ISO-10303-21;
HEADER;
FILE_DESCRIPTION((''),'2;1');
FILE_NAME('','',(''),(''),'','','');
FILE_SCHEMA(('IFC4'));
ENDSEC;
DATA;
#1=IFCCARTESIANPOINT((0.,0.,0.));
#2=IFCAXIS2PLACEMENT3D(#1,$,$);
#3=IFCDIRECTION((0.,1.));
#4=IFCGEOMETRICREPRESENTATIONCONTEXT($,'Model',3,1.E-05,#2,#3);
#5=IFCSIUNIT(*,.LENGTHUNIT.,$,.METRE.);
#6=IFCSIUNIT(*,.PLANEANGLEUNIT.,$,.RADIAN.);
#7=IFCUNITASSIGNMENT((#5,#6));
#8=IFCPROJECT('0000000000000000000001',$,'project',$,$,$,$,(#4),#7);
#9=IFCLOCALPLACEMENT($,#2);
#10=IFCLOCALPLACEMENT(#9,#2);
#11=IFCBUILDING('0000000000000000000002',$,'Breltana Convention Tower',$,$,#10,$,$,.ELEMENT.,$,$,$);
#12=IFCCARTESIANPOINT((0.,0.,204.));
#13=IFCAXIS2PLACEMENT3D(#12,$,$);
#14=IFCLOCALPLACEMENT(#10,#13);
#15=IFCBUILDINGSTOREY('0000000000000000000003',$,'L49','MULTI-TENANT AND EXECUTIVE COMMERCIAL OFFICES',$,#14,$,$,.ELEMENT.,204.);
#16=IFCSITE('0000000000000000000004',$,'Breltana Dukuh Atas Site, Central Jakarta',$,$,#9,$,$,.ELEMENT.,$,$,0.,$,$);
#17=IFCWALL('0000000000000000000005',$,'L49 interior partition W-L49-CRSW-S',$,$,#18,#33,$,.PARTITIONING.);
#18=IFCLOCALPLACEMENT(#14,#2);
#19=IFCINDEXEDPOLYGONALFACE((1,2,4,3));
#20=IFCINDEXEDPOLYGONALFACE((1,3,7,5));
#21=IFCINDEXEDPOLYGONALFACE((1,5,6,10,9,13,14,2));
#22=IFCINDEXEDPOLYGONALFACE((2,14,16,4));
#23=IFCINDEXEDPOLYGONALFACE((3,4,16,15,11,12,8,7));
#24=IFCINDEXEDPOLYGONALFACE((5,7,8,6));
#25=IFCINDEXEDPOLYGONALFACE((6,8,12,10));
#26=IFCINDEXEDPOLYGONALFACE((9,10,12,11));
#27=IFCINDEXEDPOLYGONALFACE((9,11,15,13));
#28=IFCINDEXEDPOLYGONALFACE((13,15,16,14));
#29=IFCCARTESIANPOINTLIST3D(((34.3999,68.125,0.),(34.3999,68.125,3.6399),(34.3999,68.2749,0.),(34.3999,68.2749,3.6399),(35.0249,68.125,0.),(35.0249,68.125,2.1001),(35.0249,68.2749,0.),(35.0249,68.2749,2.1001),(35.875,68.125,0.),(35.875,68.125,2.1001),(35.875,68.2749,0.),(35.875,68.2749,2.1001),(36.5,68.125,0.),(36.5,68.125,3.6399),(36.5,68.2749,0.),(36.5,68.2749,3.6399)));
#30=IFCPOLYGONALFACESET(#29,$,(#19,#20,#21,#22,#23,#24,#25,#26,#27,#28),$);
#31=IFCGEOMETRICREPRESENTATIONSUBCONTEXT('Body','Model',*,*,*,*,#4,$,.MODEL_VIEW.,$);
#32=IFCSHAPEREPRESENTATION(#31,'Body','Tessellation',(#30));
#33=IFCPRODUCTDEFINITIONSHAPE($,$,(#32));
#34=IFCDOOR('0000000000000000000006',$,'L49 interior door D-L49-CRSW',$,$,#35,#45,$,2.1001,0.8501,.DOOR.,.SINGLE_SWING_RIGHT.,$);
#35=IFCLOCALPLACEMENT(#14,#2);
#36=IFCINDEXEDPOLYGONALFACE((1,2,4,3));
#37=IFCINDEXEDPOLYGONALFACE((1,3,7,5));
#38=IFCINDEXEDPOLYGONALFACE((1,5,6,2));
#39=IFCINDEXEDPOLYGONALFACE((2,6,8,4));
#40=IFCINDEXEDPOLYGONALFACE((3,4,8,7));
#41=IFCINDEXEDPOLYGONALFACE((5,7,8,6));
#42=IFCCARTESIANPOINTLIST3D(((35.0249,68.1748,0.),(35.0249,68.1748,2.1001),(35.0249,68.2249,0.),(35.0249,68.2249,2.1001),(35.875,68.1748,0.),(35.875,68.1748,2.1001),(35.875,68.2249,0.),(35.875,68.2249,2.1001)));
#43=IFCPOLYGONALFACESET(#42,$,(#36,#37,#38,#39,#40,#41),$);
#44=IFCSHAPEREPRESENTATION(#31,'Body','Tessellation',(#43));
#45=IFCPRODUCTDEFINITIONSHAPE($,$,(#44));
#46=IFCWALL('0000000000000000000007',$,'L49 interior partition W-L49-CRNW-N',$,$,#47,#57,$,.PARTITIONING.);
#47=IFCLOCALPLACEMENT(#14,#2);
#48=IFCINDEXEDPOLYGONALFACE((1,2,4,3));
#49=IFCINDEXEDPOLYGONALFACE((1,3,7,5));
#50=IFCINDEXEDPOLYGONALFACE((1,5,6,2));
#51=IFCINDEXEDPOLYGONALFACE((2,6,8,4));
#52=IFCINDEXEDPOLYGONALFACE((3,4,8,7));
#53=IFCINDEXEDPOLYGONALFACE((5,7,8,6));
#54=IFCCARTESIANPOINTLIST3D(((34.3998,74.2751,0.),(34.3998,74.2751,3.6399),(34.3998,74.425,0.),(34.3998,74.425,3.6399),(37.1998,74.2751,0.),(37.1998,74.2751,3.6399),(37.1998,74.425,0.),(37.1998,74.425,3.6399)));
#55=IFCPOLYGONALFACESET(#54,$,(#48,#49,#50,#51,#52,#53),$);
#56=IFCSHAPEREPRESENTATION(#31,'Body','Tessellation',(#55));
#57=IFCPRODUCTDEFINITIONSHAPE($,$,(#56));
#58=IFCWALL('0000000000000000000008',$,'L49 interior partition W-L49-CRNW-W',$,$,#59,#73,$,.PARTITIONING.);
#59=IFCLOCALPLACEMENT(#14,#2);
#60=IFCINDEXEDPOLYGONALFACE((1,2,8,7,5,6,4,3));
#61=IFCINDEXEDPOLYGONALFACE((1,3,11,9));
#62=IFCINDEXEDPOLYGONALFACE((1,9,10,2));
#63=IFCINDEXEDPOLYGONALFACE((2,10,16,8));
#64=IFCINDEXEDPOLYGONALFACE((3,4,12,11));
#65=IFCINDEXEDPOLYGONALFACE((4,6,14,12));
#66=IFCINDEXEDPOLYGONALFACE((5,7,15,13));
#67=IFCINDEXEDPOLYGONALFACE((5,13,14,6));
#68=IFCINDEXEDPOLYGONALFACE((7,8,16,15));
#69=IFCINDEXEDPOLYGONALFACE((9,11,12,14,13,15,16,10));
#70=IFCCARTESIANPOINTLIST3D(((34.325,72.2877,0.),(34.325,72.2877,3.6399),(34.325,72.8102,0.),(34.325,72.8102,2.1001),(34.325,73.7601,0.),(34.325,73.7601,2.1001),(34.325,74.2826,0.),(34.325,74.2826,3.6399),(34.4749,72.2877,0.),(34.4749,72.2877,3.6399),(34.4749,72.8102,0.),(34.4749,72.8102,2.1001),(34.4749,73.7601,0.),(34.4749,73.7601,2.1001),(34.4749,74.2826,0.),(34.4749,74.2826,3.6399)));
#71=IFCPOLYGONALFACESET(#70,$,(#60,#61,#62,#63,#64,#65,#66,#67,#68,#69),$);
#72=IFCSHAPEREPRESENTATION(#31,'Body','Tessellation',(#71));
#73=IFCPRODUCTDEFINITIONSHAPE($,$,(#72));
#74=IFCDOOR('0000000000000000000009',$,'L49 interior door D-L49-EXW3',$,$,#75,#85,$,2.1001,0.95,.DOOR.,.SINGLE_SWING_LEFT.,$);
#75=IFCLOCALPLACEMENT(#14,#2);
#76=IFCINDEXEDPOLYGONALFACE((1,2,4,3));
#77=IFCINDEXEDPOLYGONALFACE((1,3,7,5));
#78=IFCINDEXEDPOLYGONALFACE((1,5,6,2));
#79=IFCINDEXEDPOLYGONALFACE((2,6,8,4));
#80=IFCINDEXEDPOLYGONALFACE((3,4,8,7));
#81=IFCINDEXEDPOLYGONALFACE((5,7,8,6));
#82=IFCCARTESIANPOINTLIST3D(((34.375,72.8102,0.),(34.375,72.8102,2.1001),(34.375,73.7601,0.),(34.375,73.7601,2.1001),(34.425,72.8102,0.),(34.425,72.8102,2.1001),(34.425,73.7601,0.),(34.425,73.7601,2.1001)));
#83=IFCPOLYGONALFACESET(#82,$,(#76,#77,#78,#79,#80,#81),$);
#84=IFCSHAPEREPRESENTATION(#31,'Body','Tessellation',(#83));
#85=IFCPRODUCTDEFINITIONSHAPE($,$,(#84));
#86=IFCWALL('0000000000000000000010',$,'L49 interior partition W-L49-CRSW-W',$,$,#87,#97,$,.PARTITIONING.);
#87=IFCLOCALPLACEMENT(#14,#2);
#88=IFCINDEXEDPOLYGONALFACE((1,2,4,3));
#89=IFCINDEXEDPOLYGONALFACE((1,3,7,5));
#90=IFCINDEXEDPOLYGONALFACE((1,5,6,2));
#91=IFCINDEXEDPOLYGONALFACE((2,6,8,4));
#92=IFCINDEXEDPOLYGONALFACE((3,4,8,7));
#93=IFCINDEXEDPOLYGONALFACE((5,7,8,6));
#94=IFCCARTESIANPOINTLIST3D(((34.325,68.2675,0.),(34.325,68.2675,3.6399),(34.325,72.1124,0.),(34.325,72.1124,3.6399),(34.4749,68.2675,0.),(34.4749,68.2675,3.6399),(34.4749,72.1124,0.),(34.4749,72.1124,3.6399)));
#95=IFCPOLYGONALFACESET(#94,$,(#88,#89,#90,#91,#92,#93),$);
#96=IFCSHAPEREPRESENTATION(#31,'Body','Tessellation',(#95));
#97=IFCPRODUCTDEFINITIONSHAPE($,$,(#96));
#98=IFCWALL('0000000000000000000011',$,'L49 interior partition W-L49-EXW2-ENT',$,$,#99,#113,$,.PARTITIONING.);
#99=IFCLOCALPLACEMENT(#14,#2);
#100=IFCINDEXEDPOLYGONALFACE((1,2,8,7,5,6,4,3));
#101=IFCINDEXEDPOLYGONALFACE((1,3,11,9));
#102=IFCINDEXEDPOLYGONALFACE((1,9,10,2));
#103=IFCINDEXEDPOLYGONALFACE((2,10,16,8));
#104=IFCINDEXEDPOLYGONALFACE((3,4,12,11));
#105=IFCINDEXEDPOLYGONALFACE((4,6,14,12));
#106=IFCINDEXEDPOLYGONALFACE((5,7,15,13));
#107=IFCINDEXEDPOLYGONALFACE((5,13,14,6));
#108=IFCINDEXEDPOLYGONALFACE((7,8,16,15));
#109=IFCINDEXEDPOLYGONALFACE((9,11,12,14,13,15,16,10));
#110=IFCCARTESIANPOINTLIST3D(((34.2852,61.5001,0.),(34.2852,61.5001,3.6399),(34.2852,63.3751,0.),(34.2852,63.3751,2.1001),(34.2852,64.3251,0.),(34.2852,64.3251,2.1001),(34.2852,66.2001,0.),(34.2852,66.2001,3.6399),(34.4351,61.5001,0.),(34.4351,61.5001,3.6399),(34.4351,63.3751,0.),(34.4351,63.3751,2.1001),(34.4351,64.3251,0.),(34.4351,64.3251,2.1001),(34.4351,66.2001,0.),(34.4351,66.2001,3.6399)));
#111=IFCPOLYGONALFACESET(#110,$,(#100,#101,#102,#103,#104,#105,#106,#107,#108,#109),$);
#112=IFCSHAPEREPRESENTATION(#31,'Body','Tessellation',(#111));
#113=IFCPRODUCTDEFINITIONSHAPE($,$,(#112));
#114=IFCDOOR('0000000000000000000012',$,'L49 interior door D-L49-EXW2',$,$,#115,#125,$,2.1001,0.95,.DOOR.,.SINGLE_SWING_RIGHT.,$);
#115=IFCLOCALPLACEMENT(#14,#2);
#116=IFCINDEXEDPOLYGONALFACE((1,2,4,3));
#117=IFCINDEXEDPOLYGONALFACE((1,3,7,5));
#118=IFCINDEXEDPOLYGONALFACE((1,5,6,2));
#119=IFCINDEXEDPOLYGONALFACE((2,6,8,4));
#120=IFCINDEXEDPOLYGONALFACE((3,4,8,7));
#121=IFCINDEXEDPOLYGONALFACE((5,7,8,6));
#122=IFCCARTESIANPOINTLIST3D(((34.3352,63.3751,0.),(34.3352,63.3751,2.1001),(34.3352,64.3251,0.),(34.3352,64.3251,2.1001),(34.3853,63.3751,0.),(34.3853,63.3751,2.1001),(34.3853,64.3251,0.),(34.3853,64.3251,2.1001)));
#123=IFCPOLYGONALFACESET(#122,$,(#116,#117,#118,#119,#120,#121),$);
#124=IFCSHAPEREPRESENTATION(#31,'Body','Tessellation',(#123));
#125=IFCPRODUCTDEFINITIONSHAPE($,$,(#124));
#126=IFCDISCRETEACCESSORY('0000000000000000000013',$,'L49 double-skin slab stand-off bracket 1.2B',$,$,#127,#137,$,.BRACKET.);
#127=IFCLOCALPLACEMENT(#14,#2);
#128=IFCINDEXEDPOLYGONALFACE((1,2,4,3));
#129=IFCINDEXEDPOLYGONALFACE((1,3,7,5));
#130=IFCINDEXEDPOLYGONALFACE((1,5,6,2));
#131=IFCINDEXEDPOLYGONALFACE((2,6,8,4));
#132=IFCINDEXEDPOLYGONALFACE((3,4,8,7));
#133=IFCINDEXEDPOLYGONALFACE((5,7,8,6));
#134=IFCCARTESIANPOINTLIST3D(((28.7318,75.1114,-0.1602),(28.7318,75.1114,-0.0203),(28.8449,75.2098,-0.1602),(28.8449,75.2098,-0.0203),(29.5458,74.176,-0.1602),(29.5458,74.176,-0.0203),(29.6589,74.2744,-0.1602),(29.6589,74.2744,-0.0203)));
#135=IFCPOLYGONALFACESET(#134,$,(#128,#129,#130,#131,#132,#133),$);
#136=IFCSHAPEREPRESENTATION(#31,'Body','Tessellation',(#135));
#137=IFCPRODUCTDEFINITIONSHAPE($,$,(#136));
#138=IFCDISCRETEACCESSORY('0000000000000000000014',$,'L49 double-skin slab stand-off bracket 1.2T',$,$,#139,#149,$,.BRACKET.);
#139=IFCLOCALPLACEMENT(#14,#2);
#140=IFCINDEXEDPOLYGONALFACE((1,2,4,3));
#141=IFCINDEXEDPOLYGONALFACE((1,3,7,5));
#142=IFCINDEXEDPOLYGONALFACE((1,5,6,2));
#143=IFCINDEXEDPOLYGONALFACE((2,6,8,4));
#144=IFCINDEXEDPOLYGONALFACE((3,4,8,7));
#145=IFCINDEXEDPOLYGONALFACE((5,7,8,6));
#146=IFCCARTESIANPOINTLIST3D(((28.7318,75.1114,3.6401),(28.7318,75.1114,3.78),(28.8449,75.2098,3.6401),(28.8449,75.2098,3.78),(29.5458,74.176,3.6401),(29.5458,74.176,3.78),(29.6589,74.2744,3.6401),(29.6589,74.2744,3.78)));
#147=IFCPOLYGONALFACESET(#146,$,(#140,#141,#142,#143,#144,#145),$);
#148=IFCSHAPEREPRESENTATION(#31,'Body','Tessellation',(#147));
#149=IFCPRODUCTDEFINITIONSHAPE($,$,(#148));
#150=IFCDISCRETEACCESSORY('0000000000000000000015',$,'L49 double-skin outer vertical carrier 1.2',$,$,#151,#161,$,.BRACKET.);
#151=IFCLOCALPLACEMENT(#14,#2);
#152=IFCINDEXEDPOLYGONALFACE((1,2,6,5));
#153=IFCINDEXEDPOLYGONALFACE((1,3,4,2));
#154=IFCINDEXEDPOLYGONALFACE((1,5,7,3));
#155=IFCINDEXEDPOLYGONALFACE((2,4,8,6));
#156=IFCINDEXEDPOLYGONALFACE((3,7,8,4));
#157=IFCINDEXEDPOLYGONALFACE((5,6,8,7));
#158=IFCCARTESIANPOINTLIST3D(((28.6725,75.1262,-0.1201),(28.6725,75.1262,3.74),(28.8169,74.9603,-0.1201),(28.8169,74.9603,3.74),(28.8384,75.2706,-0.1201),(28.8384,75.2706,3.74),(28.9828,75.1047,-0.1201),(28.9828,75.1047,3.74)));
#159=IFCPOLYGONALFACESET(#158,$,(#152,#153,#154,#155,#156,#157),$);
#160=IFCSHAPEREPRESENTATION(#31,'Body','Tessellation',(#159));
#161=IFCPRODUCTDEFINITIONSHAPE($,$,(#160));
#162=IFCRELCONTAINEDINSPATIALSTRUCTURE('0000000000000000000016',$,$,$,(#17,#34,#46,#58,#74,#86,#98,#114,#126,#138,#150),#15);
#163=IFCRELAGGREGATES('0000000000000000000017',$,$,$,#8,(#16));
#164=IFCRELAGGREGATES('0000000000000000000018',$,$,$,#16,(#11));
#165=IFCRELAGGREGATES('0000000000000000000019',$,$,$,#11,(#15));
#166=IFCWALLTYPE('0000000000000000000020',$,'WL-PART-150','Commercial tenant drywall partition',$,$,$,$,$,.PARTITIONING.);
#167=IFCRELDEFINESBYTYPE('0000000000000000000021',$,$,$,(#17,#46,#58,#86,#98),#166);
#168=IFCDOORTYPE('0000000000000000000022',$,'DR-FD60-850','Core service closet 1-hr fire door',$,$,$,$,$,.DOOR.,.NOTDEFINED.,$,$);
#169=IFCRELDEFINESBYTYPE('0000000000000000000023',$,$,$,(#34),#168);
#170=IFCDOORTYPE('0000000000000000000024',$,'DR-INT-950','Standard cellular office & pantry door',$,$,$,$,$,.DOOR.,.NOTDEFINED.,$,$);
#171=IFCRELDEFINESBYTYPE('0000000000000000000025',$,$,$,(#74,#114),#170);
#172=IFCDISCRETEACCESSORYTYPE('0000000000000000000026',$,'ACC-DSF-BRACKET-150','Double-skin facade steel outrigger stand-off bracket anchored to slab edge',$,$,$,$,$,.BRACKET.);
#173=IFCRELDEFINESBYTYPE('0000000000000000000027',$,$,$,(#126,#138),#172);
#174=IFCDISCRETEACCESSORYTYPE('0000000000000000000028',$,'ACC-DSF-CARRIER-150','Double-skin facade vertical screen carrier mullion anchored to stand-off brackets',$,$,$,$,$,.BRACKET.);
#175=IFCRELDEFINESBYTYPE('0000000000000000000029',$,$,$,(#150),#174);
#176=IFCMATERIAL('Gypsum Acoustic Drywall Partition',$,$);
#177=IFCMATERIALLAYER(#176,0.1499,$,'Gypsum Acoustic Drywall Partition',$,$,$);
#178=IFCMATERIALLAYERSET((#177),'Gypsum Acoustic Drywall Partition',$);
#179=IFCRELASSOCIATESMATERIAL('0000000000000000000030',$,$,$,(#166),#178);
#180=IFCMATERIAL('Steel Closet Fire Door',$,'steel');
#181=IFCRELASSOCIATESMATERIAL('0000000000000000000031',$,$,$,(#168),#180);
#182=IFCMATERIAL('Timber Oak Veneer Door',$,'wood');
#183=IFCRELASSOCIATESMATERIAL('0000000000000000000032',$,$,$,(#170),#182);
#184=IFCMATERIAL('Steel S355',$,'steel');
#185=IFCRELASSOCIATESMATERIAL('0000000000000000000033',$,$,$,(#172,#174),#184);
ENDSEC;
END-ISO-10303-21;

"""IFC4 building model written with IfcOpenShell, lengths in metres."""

from ifc_helpers import new_model, si_unit, direction, frame, frame_2d, origin, origin_2d, place, context, subcontext, project, spatial, rectangle, extrude, source, transform, mapped, material, layer, layer_set, type_object, type_shapes, element, fill, save


model = new_model("IFC4")

# Units and contexts
model_context = context("Model", 3, precision=1e-05, world=origin(), true_north=direction((0.0, 1.0)))
body_context = subcontext(model_context, "Body", "Model", "MODEL_VIEW")
ifc_project = project(units=[si_unit("LENGTHUNIT", "METRE"), si_unit("PLANEANGLEUNIT", "RADIAN")], contexts=[model_context])

# Site, building, storey
site_placement = place(None, origin())
site = spatial("IfcSite", under=ifc_project, at=site_placement, Name="Breltana Dukuh Atas Site, Central Jakarta", CompositionType="ELEMENT", RefElevation=0.0)
building_placement = place(site_placement, origin())
building = spatial("IfcBuilding", under=site, at=building_placement, Name="Breltana Convention Tower", CompositionType="ELEMENT")
storey_placement = place(building_placement, frame((0.0, 0.0, 204.0)))
storey = spatial("IfcBuildingStorey", under=building, at=storey_placement, Name="L49", Description="MULTI-TENANT AND EXECUTIVE COMMERCIAL OFFICES", CompositionType="ELEMENT", Elevation=204.0)

# Shared definitions
ifc_material_1 = material(Name="Gypsum Acoustic Drywall Partition")
ifc_layer_1 = layer(ifc_material_1, 0.1499, Name="Gypsum Acoustic Drywall Partition")
ifc_layer_set_1 = layer_set([ifc_layer_1], Name="Gypsum Acoustic Drywall Partition")
wall_type_1 = type_object("IfcWallType", Name="WL-PART-150", Description="Commercial tenant drywall partition", PredefinedType="PARTITIONING", material=ifc_layer_set_1)
shared_shape_1 = source(origin(), body_context, "Body", "SweptSolid", [
    extrude(rectangle(XDim=2.1001, YDim=0.1499, at=frame_2d((1.05, 0.0))), origin(), (0.0, 0.0, 1.0), 3.6399),
])

# Wall, opening, door
wall_1_placement = place(storey_placement, frame((34.3999, 68.2, 0.0), z_axis=(0.0, 0.0, 1.0), x_axis=(1.0, 0.0, 0.0)))
wall_1 = element("IfcWall", 1, at=wall_1_placement, inside=storey, type_object=wall_type_1, Name="L49 interior partition W-L49-CRSW-S", PredefinedType="PARTITIONING", context=body_context, shape_type="MappedRepresentation", body=[
    mapped(shared_shape_1, transform((0.0, 0.0, 0.0), scale=1.0)),
])
opening_1_placement = place(wall_1_placement, frame((0.625, 0.0, 0.0)))
opening_1 = element("IfcOpeningElement", 2, at=opening_1_placement, cuts=wall_1, PredefinedType="OPENING", context=body_context, shape_type="SweptSolid", body=[
    extrude(rectangle(XDim=0.8501, YDim=2.1001, at=frame_2d((0.425, 1.05))), frame((0.0, 0.085, 0.0), z_axis=(0.0, -1.0, 0.0), x_axis=(1.0, 0.0, 0.0)), (0.0, 0.0, 1.0), 0.1699),
])
ifc_material_2 = material(Name="Steel Closet Fire Door", Category="steel")
door_type_1 = type_object("IfcDoorType", Name="DR-FD60-850", Description="Core service closet 1-hr fire door", OperationType="NOTDEFINED", PredefinedType="DOOR", material=ifc_material_2)
shared_shape_2 = source(origin(), body_context, "Body", "SweptSolid", [
    extrude(rectangle(XDim=0.8501, YDim=2.1001, at=frame_2d((0.425, 1.05))), frame((0.0, 0.0249, 0.0), z_axis=(0.0, -1.0, 0.0), x_axis=(1.0, 0.0, 0.0)), (0.0, 0.0, 1.0), 0.05),
])
type_shapes(door_type_1, [shared_shape_2])
door_1_placement = place(opening_1_placement, origin())
door_1 = element("IfcDoor", 3, at=door_1_placement, inside=storey, type_object=door_type_1, Name="L49 interior door D-L49-CRSW", OperationType="SINGLE_SWING_RIGHT", OverallHeight=2.1001, OverallWidth=0.8501, PredefinedType="DOOR", context=body_context, shape_type="MappedRepresentation", body=[
    mapped(shared_shape_2, transform((0.0, 0.0, 0.0), scale=1.0)),
])
fill(opening_1, door_1)

# Wall
shared_shape_3 = source(origin(), body_context, "Body", "SweptSolid", [
    extrude(rectangle(XDim=2.8, YDim=0.1499, at=frame_2d((1.3999, 0.0))), origin(), (0.0, 0.0, 1.0), 3.6399),
])
wall_2_placement = place(storey_placement, frame((34.3999, 74.3501, 0.0), z_axis=(0.0, 0.0, 1.0), x_axis=(1.0, 0.0, 0.0)))
element("IfcWall", 4, at=wall_2_placement, inside=storey, type_object=wall_type_1, Name="L49 interior partition W-L49-CRNW-N", PredefinedType="PARTITIONING", context=body_context, shape_type="MappedRepresentation", body=[
    mapped(shared_shape_3, transform((0.0, 0.0, 0.0), scale=1.0)),
])

# Wall, opening, door
shared_shape_4 = source(origin(), body_context, "Body", "SweptSolid", [
    extrude(rectangle(XDim=1.9949, YDim=0.1499, at=frame_2d((0.9976, 0.0))), origin(), (0.0, 0.0, 1.0), 3.6399),
])
wall_3_placement = place(storey_placement, frame((34.3999, 72.2876, 0.0), z_axis=(0.0, 0.0, 1.0), x_axis=(0.0, 1.0, 0.0)))
wall_3 = element("IfcWall", 5, at=wall_3_placement, inside=storey, type_object=wall_type_1, Name="L49 interior partition W-L49-CRNW-W", PredefinedType="PARTITIONING", context=body_context, shape_type="MappedRepresentation", body=[
    mapped(shared_shape_4, transform((0.0, 0.0, 0.0), scale=1.0)),
])
opening_2_placement = place(wall_3_placement, frame((0.5225, 0.0, 0.0)))
opening_2 = element("IfcOpeningElement", 6, at=opening_2_placement, cuts=wall_3, PredefinedType="OPENING", context=body_context, shape_type="SweptSolid", body=[
    extrude(rectangle(XDim=0.95, YDim=2.1001, at=frame_2d((0.4751, 1.05))), frame((0.0, 0.085, 0.0), z_axis=(0.0, -1.0, 0.0), x_axis=(1.0, 0.0, 0.0)), (0.0, 0.0, 1.0), 0.1699),
])
ifc_material_3 = material(Name="Timber Oak Veneer Door", Category="wood")
door_type_2 = type_object("IfcDoorType", Name="DR-INT-950", Description="Standard cellular office & pantry door", OperationType="NOTDEFINED", PredefinedType="DOOR", material=ifc_material_3)
shared_shape_5 = source(origin(), body_context, "Body", "SweptSolid", [
    extrude(rectangle(XDim=0.95, YDim=2.1001, at=frame_2d((0.4751, 1.05))), frame((0.0, 0.0249, 0.0), z_axis=(0.0, -1.0, 0.0), x_axis=(1.0, 0.0, 0.0)), (0.0, 0.0, 1.0), 0.05),
])
type_shapes(door_type_2, [shared_shape_5])
door_2_placement = place(opening_2_placement, origin())
door_2 = element("IfcDoor", 7, at=door_2_placement, inside=storey, type_object=door_type_2, Name="L49 interior door D-L49-EXW3", OperationType="SINGLE_SWING_LEFT", OverallHeight=2.1001, OverallWidth=0.95, PredefinedType="DOOR", context=body_context, shape_type="MappedRepresentation", body=[
    mapped(shared_shape_5, transform((0.0, 0.0, 0.0), scale=1.0)),
])
fill(opening_2, door_2)

# Wall
shared_shape_6 = source(origin(), body_context, "Body", "SweptSolid", [
    extrude(rectangle(XDim=3.845, YDim=0.1499, at=frame_2d((1.9224, 0.0))), origin(), (0.0, 0.0, 1.0), 3.6399),
])
wall_4_placement = place(storey_placement, frame((34.3999, 68.2676, 0.0), z_axis=(0.0, 0.0, 1.0), x_axis=(0.0, 1.0, 0.0)))
element("IfcWall", 8, at=wall_4_placement, inside=storey, type_object=wall_type_1, Name="L49 interior partition W-L49-CRSW-W", PredefinedType="PARTITIONING", context=body_context, shape_type="MappedRepresentation", body=[
    mapped(shared_shape_6, transform((0.0, 0.0, 0.0), scale=1.0)),
])

# Wall, opening, door
shared_shape_7 = source(origin(), body_context, "Body", "SweptSolid", [
    extrude(rectangle(XDim=4.7, YDim=0.1499, at=frame_2d((2.3501, 0.0))), origin(), (0.0, 0.0, 1.0), 3.6399),
])
wall_5_placement = place(storey_placement, frame((34.3601, 61.5, 0.0), z_axis=(0.0, 0.0, 1.0), x_axis=(0.0, 1.0, 0.0)))
wall_5 = element("IfcWall", 9, at=wall_5_placement, inside=storey, type_object=wall_type_1, Name="L49 interior partition W-L49-EXW2-ENT", PredefinedType="PARTITIONING", context=body_context, shape_type="MappedRepresentation", body=[
    mapped(shared_shape_7, transform((0.0, 0.0, 0.0), scale=1.0)),
])
opening_3_placement = place(wall_5_placement, frame((1.875, 0.0, 0.0)))
opening_3 = element("IfcOpeningElement", 10, at=opening_3_placement, cuts=wall_5, PredefinedType="OPENING", context=body_context, shape_type="SweptSolid", body=[
    extrude(rectangle(XDim=0.95, YDim=2.1001, at=frame_2d((0.4751, 1.05))), frame((0.0, 0.085, 0.0), z_axis=(0.0, -1.0, 0.0), x_axis=(1.0, 0.0, 0.0)), (0.0, 0.0, 1.0), 0.1699),
])
door_3_placement = place(opening_3_placement, origin())
door_3 = element("IfcDoor", 11, at=door_3_placement, inside=storey, type_object=door_type_2, Name="L49 interior door D-L49-EXW2", OperationType="SINGLE_SWING_RIGHT", OverallHeight=2.1001, OverallWidth=0.95, PredefinedType="DOOR", context=body_context, shape_type="MappedRepresentation", body=[
    mapped(shared_shape_5, transform((0.0, 0.0, 0.0), scale=1.0)),
])
fill(opening_3, door_3)

# Discrete accessories
ifc_material_4 = material(Name="Steel S355", Category="steel")
discrete_accessory_type_1 = type_object("IfcDiscreteAccessoryType", Name="ACC-DSF-BRACKET-150", Description="Double-skin facade steel outrigger stand-off bracket anchored to slab edge", PredefinedType="BRACKET", material=ifc_material_4)
shared_shape_8 = source(origin(), body_context, "Body", "SweptSolid", [
    extrude(rectangle(XDim=1.24, YDim=0.1499, at=origin_2d()), origin(), (0.0, 0.0, 1.0), 0.1399),
])
type_shapes(discrete_accessory_type_1, [shared_shape_8])
for number, where, z_axis, x_axis, name in (
    (12, (29.1953, 74.6929, -0.1602), (0.0, 0.0, 1.0), (-0.656452, 0.754368, 0.0), "L49 double-skin slab stand-off bracket 1.2B"),
    (13, (29.1953, 74.6929, 3.6401), (0.0, 0.0, 1.0), (-0.656452, 0.754368, 0.0), "L49 double-skin slab stand-off bracket 1.2T"),
):
    element("IfcDiscreteAccessory", number, at=place(storey_placement, frame(where, z_axis=z_axis, x_axis=x_axis)), inside=storey, type_object=discrete_accessory_type_1, Name=name, PredefinedType="BRACKET", context=body_context, shape_type="MappedRepresentation", body=[
        mapped(shared_shape_8, transform((0.0, 0.0, 0.0), scale=1.0)),
    ])
discrete_accessory_type_2 = type_object("IfcDiscreteAccessoryType", Name="ACC-DSF-CARRIER-150", Description="Double-skin facade vertical screen carrier mullion anchored to stand-off brackets", PredefinedType="BRACKET", material=ifc_material_4)
shared_shape_9 = source(origin(), body_context, "Body", "SweptSolid", [
    extrude(rectangle(XDim=0.22, YDim=0.22, at=origin_2d()), origin(), (0.0, 0.0, 1.0), 3.8601),
])
discrete_accessory_placement = place(storey_placement, frame((28.8276, 75.1155, -0.1201), z_axis=(0.0, 0.0, 1.0), x_axis=(-0.656452, 0.754368, 0.0)))
element("IfcDiscreteAccessory", 14, at=discrete_accessory_placement, inside=storey, type_object=discrete_accessory_type_2, Name="L49 double-skin outer vertical carrier 1.2", PredefinedType="BRACKET", context=body_context, shape_type="MappedRepresentation", body=[
    mapped(shared_shape_9, transform((0.0, 0.0, 0.0), scale=1.0)),
])

save(model, "model.ifc")
